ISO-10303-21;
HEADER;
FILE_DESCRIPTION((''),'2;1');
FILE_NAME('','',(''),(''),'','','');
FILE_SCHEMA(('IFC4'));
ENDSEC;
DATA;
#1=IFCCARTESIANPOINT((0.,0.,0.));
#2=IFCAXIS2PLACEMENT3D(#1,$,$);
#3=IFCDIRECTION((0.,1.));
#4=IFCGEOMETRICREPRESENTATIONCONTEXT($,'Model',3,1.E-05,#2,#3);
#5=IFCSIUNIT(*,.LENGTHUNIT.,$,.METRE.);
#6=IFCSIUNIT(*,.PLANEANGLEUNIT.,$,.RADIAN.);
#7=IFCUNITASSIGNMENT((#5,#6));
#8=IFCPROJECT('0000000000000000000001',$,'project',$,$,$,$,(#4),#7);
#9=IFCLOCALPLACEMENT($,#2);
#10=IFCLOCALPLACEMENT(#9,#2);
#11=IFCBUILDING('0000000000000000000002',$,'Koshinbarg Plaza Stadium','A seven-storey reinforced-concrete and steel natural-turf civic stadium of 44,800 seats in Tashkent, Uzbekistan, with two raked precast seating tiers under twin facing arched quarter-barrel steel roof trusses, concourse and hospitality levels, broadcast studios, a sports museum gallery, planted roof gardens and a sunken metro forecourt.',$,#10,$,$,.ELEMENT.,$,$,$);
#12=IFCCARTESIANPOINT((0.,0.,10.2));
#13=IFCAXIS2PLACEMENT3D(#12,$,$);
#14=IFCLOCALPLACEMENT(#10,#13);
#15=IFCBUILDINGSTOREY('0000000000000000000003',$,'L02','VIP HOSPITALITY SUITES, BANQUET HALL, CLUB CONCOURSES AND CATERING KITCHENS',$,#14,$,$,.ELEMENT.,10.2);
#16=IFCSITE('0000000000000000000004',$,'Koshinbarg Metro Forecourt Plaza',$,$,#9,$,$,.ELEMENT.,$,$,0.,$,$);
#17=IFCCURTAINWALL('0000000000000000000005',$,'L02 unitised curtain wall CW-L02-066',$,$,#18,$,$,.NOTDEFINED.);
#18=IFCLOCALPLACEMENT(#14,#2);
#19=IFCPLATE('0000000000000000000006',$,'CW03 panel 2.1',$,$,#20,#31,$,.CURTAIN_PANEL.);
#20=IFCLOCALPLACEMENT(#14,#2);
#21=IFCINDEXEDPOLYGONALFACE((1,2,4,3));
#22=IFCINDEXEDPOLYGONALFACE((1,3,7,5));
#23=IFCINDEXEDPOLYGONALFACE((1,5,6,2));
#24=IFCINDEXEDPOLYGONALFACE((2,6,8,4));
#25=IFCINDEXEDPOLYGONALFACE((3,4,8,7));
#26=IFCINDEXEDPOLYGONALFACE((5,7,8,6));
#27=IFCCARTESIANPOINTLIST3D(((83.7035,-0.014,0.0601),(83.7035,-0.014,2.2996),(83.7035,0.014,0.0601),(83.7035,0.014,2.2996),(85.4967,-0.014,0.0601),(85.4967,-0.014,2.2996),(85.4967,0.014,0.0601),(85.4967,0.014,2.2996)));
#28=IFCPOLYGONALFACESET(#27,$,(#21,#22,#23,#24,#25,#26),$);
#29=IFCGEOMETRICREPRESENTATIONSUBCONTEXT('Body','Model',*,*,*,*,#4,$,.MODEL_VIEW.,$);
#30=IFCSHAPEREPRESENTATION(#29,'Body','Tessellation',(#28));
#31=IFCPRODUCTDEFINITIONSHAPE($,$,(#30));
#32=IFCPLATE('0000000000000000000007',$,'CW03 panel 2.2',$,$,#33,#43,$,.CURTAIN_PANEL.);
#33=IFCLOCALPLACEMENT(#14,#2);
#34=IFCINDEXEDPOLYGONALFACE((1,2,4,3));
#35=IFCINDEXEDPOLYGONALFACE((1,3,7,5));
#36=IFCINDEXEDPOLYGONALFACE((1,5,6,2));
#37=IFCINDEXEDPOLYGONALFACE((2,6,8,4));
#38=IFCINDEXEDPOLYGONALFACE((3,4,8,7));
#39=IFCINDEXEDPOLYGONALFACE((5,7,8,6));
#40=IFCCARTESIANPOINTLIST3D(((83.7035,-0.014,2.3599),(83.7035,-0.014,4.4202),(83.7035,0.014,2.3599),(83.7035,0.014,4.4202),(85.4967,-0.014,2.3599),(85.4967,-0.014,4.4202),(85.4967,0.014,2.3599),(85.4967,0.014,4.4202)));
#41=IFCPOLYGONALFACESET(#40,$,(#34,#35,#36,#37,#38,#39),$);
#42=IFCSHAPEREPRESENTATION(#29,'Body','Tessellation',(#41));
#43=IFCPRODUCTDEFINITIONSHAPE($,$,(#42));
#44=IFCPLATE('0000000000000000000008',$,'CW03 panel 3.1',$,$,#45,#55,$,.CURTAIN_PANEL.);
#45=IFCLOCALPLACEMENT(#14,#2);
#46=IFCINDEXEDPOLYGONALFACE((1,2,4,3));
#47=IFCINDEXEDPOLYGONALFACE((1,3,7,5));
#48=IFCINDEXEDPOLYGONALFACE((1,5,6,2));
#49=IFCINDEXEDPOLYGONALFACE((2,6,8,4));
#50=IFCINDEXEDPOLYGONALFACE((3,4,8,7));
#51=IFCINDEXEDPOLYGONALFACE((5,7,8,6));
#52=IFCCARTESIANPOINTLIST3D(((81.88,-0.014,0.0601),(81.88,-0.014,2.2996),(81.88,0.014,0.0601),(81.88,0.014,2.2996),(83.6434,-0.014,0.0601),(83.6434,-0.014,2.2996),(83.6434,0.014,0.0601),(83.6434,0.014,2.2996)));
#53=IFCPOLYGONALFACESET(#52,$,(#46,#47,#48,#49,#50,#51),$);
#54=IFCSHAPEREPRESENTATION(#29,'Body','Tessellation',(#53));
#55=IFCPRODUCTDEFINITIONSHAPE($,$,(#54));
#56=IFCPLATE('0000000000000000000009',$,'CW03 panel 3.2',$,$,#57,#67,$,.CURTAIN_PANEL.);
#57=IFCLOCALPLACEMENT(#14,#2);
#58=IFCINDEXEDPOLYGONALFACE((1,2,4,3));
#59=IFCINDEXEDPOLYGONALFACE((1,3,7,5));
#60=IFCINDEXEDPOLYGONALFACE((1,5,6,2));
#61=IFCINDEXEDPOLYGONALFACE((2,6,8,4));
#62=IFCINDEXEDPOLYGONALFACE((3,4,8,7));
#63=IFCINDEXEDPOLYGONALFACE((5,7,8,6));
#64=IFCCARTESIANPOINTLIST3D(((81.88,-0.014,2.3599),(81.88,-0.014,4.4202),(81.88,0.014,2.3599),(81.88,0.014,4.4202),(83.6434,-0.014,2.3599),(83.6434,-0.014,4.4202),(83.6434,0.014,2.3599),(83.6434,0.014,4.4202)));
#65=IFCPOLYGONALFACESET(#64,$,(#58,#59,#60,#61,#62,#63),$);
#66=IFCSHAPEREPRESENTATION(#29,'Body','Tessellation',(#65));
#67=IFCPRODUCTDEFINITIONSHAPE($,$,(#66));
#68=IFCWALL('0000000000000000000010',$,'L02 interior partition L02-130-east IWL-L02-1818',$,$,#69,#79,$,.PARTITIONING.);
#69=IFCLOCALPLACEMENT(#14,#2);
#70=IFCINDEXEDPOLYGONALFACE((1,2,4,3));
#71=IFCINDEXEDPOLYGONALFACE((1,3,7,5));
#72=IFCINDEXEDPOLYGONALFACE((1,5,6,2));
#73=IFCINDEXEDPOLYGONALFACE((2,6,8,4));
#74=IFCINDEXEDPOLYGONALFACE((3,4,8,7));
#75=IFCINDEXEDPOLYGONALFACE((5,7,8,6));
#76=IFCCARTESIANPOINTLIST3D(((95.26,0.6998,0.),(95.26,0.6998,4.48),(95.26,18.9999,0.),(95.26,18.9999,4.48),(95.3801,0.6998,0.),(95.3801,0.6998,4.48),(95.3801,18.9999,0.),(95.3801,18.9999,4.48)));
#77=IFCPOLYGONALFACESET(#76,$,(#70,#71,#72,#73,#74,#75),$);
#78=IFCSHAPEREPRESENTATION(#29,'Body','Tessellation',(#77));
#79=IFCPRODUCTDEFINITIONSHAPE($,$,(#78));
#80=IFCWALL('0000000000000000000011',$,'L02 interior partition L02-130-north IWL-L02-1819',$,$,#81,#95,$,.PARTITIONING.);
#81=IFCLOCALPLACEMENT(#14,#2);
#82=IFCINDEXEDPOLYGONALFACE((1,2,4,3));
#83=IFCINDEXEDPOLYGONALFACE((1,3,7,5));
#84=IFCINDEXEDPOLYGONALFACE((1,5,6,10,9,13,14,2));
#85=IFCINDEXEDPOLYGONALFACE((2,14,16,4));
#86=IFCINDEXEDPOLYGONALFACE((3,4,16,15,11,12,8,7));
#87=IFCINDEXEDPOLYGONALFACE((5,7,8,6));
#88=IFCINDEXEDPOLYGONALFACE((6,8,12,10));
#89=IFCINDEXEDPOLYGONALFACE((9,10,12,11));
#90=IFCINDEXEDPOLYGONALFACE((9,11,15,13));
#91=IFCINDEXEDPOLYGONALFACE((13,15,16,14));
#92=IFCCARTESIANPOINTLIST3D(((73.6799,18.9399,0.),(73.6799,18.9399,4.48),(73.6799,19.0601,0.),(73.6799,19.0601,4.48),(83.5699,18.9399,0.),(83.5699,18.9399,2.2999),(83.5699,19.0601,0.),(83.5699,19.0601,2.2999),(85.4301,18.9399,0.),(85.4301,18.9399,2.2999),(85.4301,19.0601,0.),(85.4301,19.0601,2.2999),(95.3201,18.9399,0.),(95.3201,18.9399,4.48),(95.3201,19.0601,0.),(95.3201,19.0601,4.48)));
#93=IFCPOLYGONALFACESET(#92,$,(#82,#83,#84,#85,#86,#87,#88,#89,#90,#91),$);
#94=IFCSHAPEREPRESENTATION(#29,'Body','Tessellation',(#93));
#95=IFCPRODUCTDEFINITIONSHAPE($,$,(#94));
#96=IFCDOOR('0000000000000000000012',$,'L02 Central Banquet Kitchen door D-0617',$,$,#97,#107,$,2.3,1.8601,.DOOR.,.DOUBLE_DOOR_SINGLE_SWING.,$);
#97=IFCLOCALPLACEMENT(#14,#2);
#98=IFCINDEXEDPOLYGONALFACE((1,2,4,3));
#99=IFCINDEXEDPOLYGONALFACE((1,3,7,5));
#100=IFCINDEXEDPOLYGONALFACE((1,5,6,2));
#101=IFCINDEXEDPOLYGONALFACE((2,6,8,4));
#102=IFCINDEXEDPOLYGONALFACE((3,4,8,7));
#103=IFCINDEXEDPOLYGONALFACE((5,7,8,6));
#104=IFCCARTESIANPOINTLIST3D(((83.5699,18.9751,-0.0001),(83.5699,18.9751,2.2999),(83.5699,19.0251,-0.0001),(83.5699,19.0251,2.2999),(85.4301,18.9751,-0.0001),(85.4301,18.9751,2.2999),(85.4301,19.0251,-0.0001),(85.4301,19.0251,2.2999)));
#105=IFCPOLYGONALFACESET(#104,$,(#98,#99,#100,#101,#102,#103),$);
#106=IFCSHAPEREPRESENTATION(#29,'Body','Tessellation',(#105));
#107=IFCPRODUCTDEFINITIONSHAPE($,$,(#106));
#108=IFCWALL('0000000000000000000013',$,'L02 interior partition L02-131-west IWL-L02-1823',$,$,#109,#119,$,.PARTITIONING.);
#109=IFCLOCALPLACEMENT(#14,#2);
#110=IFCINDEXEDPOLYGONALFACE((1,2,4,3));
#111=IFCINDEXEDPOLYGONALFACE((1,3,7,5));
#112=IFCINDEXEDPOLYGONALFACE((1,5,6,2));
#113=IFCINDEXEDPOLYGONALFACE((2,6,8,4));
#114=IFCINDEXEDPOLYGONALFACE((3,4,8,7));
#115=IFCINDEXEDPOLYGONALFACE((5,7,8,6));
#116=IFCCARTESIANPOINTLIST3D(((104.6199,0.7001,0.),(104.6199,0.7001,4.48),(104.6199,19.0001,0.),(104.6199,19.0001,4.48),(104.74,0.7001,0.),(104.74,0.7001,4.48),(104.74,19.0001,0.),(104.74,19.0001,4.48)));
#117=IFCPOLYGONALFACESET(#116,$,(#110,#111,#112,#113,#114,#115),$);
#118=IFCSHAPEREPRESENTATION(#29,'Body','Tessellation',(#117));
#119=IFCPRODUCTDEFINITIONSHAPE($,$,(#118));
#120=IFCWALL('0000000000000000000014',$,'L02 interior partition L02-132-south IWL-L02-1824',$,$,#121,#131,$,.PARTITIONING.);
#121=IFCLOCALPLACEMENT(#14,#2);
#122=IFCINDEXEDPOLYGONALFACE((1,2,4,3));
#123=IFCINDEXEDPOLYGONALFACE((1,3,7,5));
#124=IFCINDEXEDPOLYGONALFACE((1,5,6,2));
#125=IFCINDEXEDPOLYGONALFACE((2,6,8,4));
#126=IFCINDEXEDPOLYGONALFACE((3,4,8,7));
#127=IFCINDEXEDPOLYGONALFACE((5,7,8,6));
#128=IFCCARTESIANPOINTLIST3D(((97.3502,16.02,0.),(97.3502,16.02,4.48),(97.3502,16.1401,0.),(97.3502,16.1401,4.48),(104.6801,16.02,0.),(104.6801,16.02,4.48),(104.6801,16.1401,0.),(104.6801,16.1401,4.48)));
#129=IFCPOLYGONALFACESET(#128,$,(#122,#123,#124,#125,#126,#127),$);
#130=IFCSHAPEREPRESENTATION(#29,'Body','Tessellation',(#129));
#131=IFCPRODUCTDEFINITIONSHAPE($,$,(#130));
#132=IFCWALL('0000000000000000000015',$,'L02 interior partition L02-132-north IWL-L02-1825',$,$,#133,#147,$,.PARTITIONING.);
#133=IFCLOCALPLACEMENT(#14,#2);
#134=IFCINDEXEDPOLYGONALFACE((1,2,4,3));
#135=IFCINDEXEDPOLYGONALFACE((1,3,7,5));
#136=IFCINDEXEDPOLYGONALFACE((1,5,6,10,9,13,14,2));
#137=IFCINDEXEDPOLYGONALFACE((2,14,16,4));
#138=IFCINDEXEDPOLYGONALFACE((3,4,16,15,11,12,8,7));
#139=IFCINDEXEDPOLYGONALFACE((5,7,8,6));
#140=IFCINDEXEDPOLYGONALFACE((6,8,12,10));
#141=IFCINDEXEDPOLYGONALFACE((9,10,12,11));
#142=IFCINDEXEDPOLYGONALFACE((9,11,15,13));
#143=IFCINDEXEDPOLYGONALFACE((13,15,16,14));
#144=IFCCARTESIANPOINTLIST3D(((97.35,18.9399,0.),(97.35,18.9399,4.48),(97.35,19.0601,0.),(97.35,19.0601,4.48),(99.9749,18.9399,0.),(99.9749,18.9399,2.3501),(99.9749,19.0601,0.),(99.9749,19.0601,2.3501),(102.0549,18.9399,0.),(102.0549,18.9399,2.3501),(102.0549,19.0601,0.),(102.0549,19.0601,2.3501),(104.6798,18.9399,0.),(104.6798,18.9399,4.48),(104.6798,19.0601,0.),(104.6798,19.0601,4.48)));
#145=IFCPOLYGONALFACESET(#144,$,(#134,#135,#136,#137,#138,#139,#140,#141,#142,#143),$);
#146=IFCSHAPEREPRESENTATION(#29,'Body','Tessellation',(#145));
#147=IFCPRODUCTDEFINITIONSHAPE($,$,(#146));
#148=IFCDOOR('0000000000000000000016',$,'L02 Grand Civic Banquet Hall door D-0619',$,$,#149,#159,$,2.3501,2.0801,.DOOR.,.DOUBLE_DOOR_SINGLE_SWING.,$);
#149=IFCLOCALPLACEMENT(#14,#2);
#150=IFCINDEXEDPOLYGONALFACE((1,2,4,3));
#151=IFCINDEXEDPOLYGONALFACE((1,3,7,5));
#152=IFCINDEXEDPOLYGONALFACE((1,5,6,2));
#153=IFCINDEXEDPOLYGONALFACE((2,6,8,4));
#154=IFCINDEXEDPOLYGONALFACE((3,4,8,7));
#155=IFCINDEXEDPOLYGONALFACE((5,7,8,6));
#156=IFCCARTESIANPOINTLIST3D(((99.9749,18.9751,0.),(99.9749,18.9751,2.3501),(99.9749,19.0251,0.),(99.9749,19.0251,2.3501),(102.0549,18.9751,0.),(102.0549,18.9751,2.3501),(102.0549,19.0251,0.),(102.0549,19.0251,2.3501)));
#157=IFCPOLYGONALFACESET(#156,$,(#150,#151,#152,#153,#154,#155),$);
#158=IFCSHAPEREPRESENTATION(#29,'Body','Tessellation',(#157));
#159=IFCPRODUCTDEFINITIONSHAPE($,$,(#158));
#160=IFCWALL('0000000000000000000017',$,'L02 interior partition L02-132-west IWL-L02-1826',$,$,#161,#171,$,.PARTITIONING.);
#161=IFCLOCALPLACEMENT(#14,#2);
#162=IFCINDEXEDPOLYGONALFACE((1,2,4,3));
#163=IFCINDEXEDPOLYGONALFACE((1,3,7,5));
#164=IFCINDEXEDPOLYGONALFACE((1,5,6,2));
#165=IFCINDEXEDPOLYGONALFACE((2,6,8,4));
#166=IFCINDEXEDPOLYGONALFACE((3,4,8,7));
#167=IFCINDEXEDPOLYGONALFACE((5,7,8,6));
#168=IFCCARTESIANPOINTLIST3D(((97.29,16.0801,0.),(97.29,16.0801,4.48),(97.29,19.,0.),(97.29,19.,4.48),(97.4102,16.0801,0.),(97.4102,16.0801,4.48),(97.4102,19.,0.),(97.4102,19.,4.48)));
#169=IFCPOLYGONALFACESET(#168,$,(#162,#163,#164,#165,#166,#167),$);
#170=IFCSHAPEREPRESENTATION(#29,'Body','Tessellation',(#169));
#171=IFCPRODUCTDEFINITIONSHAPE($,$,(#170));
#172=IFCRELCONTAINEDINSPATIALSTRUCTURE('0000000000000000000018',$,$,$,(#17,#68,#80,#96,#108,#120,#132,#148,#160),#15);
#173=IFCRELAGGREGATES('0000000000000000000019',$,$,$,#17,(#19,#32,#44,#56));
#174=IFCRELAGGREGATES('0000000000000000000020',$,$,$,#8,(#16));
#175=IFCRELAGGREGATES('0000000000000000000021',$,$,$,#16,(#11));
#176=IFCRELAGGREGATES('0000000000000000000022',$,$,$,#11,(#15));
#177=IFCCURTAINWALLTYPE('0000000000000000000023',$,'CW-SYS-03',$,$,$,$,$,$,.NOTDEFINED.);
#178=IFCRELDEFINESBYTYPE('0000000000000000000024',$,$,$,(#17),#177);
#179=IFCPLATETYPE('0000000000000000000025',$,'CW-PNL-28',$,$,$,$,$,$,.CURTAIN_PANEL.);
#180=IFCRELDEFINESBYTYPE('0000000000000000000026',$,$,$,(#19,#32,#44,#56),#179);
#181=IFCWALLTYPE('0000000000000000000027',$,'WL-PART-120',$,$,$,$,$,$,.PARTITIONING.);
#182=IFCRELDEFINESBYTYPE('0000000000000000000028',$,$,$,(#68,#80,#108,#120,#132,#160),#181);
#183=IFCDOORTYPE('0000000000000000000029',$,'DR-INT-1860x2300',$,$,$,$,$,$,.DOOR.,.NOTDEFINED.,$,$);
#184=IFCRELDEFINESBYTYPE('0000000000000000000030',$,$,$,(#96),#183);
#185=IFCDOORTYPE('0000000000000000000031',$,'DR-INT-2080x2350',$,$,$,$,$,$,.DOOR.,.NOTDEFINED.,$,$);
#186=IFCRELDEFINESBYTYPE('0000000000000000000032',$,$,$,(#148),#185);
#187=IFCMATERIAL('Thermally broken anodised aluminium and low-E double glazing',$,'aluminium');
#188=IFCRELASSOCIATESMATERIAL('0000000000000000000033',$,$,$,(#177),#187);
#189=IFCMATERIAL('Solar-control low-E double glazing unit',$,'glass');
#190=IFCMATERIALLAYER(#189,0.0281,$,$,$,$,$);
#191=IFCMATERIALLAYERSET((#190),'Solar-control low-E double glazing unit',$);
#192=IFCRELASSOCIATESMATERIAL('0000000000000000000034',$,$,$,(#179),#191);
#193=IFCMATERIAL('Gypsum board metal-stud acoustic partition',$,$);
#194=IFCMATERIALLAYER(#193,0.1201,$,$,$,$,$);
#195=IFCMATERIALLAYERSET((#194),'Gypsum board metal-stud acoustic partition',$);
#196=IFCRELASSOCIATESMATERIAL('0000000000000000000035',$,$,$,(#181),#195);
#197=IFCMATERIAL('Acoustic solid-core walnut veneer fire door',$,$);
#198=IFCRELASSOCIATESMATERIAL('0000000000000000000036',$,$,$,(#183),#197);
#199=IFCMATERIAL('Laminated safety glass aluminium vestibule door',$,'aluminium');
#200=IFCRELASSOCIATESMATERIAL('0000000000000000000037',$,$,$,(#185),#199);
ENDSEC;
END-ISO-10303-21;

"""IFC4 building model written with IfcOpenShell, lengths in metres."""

from ifc_helpers import new_model, si_unit, direction, frame, frame_2d, origin, origin_2d, place, context, subcontext, project, spatial, rectangle, extrude, material, layer, layer_set, type_object, element, fill, aggregate, save


model = new_model("IFC4")

# Units and contexts
model_context = context("Model", 3, precision=1e-05, world=origin(), true_north=direction((0.0, 1.0)))
body_context = subcontext(model_context, "Body", "Model", "MODEL_VIEW")
ifc_project = project(units=[si_unit("LENGTHUNIT", "METRE"), si_unit("PLANEANGLEUNIT", "RADIAN")], contexts=[model_context])

# Site, building, storey
site_placement = place(None, origin())
site = spatial("IfcSite", under=ifc_project, at=site_placement, Name="Koshinbarg Metro Forecourt Plaza", CompositionType="ELEMENT", RefElevation=0.0)
building_placement = place(site_placement, origin())
building = spatial("IfcBuilding", under=site, at=building_placement, Name="Koshinbarg Plaza Stadium", Description="A seven-storey reinforced-concrete and steel natural-turf civic stadium of 44,800 seats in Tashkent, Uzbekistan, with two raked precast seating tiers under twin facing arched quarter-barrel steel roof trusses, concourse and hospitality levels, broadcast studios, a sports museum gallery, planted roof gardens and a sunken metro forecourt.", CompositionType="ELEMENT")
storey_placement = place(building_placement, frame((0.0, 0.0, 10.2)))
storey = spatial("IfcBuildingStorey", under=building, at=storey_placement, Name="L02", Description="VIP HOSPITALITY SUITES, BANQUET HALL, CLUB CONCOURSES AND CATERING KITCHENS", CompositionType="ELEMENT", Elevation=10.2)

# Curtain wall, plates
ifc_material_1 = material(Name="Thermally broken anodised aluminium and low-E double glazing", Category="aluminium")
curtain_wall_type = type_object("IfcCurtainWallType", Name="CW-SYS-03", PredefinedType="NOTDEFINED", material=ifc_material_1)
curtain_wall_placement = place(storey_placement, origin())
curtain_wall = element("IfcCurtainWall", 1, at=curtain_wall_placement, inside=storey, type_object=curtain_wall_type, Name="L02 unitised curtain wall CW-L02-066", PredefinedType="NOTDEFINED")
ifc_material_2 = material(Name="Solar-control low-E double glazing unit", Category="glass")
ifc_layer_1 = layer(ifc_material_2, 0.0281)
ifc_layer_set_1 = layer_set([ifc_layer_1], Name="Solar-control low-E double glazing unit")
plate_type = type_object("IfcPlateType", Name="CW-PNL-28", PredefinedType="CURTAIN_PANEL", material=ifc_layer_set_1)
plate_1_placement = place(storey_placement, frame((84.6001, 0.0, 0.0601), z_axis=(0.0, 0.0, 1.0), x_axis=(-1.0, 0.0, 0.0)))
plate_1 = element("IfcPlate", 2, at=plate_1_placement, type_object=plate_type, Name="CW03 panel 2.1", PredefinedType="CURTAIN_PANEL", context=body_context, shape_type="SweptSolid", body=[
    extrude(rectangle(XDim=1.7932, YDim=0.0281, at=origin_2d()), origin(), (0.0, 0.0, 1.0), 2.2395),
])
plate_2_placement = place(storey_placement, frame((84.6001, 0.0, 2.3599), z_axis=(0.0, 0.0, 1.0), x_axis=(-1.0, 0.0, 0.0)))
plate_2 = element("IfcPlate", 3, at=plate_2_placement, type_object=plate_type, Name="CW03 panel 2.2", PredefinedType="CURTAIN_PANEL", context=body_context, shape_type="SweptSolid", body=[
    extrude(rectangle(XDim=1.7932, YDim=0.0281, at=origin_2d()), origin(), (0.0, 0.0, 1.0), 2.0603),
])
plate_3_placement = place(storey_placement, frame((82.7617, 0.0, 0.0601), z_axis=(0.0, 0.0, 1.0), x_axis=(-1.0, 0.0, 0.0)))
plate_3 = element("IfcPlate", 4, at=plate_3_placement, type_object=plate_type, Name="CW03 panel 3.1", PredefinedType="CURTAIN_PANEL", context=body_context, shape_type="SweptSolid", body=[
    extrude(rectangle(XDim=1.7634, YDim=0.0281, at=origin_2d()), origin(), (0.0, 0.0, 1.0), 2.2395),
])
plate_4_placement = place(storey_placement, frame((82.7617, 0.0, 2.3599), z_axis=(0.0, 0.0, 1.0), x_axis=(-1.0, 0.0, 0.0)))
plate_4 = element("IfcPlate", 5, at=plate_4_placement, type_object=plate_type, Name="CW03 panel 3.2", PredefinedType="CURTAIN_PANEL", context=body_context, shape_type="SweptSolid", body=[
    extrude(rectangle(XDim=1.7634, YDim=0.0281, at=origin_2d()), origin(), (0.0, 0.0, 1.0), 2.0603),
])
aggregate(curtain_wall, [plate_1, plate_2, plate_3, plate_4])

# Wall
ifc_material_3 = material(Name="Gypsum board metal-stud acoustic partition")
ifc_layer_2 = layer(ifc_material_3, 0.1201)
ifc_layer_set_2 = layer_set([ifc_layer_2], Name="Gypsum board metal-stud acoustic partition")
wall_type = type_object("IfcWallType", Name="WL-PART-120", PredefinedType="PARTITIONING", material=ifc_layer_set_2)
wall_1_placement = place(storey_placement, frame((95.3201, 0.7, 0.0), z_axis=(0.0, 0.0, 1.0), x_axis=(0.0, 1.0, 0.0)))
element("IfcWall", 6, at=wall_1_placement, inside=storey, type_object=wall_type, Name="L02 interior partition L02-130-east IWL-L02-1818", PredefinedType="PARTITIONING", context=body_context, shape_type="SweptSolid", body=[
    extrude(rectangle(XDim=18.3, YDim=0.1201, at=frame_2d((9.1499, 0.0))), origin(), (0.0, 0.0, 1.0), 4.48),
])

# Wall, opening, door
wall_2_placement = place(storey_placement, frame((95.3201, 19.0, 0.0), z_axis=(0.0, 0.0, 1.0), x_axis=(-1.0, 0.0, 0.0)))
wall_2 = element("IfcWall", 7, at=wall_2_placement, inside=storey, type_object=wall_type, Name="L02 interior partition L02-130-north IWL-L02-1819", PredefinedType="PARTITIONING", context=body_context, shape_type="SweptSolid", body=[
    extrude(rectangle(XDim=21.6401, YDim=0.1201, at=frame_2d((10.8201, 0.0))), origin(), (0.0, 0.0, 1.0), 4.48),
])
opening_1_placement = place(wall_2_placement, frame((9.8899, 0.0, 0.0)))
opening_1 = element("IfcOpeningElement", 8, at=opening_1_placement, cuts=wall_2, PredefinedType="OPENING", context=body_context, shape_type="SweptSolid", body=[
    extrude(rectangle(XDim=1.8601, YDim=2.3, at=frame_2d((0.9302, 1.1499))), frame((0.0, 0.0701, 0.0), z_axis=(0.0, -1.0, 0.0), x_axis=(1.0, 0.0, 0.0)), (0.0, 0.0, 1.0), 0.1401),
])
ifc_material_4 = material(Name="Acoustic solid-core walnut veneer fire door")
door_type_1 = type_object("IfcDoorType", Name="DR-INT-1860x2300", OperationType="NOTDEFINED", PredefinedType="DOOR", material=ifc_material_4)
door_1_placement = place(opening_1_placement, origin())
door_1 = element("IfcDoor", 9, at=door_1_placement, inside=storey, type_object=door_type_1, Name="L02 Central Banquet Kitchen door D-0617", OperationType="DOUBLE_DOOR_SINGLE_SWING", OverallHeight=2.3, OverallWidth=1.8601, PredefinedType="DOOR", context=body_context, shape_type="SweptSolid", body=[
    extrude(rectangle(XDim=1.8601, YDim=2.3, at=frame_2d((0.9302, 1.1499))), frame((0.0, 0.0249, 0.0), z_axis=(0.0, -1.0, 0.0), x_axis=(1.0, 0.0, 0.0)), (0.0, 0.0, 1.0), 0.05),
])
fill(opening_1, door_1)

# Walls
wall_3_placement = place(storey_placement, frame((104.6799, 19.0, 0.0), z_axis=(0.0, 0.0, 1.0), x_axis=(0.0, -1.0, 0.0)))
element("IfcWall", 10, at=wall_3_placement, inside=storey, type_object=wall_type, Name="L02 interior partition L02-131-west IWL-L02-1823", PredefinedType="PARTITIONING", context=body_context, shape_type="SweptSolid", body=[
    extrude(rectangle(XDim=18.3, YDim=0.1201, at=frame_2d((9.1499, 0.0))), origin(), (0.0, 0.0, 1.0), 4.48),
])
wall_4_placement = place(storey_placement, frame((97.3501, 16.0801, 0.0), z_axis=(0.0, 0.0, 1.0), x_axis=(1.0, 0.0, 0.0)))
element("IfcWall", 11, at=wall_4_placement, inside=storey, type_object=wall_type, Name="L02 interior partition L02-132-south IWL-L02-1824", PredefinedType="PARTITIONING", context=body_context, shape_type="SweptSolid", body=[
    extrude(rectangle(XDim=7.3298, YDim=0.1201, at=frame_2d((3.665, 0.0))), origin(), (0.0, 0.0, 1.0), 4.48),
])

# Wall, opening, door
wall_5_placement = place(storey_placement, frame((104.6799, 19.0, 0.0), z_axis=(0.0, 0.0, 1.0), x_axis=(-1.0, 0.0, 0.0)))
wall_5 = element("IfcWall", 12, at=wall_5_placement, inside=storey, type_object=wall_type, Name="L02 interior partition L02-132-north IWL-L02-1825", PredefinedType="PARTITIONING", context=body_context, shape_type="SweptSolid", body=[
    extrude(rectangle(XDim=7.3298, YDim=0.1201, at=frame_2d((3.665, 0.0))), origin(), (0.0, 0.0, 1.0), 4.48),
])
opening_2_placement = place(wall_5_placement, frame((2.625, 0.0, 0.0)))
opening_2 = element("IfcOpeningElement", 13, at=opening_2_placement, cuts=wall_5, PredefinedType="OPENING", context=body_context, shape_type="SweptSolid", body=[
    extrude(rectangle(XDim=2.0801, YDim=2.3501, at=frame_2d((1.04, 1.175))), frame((0.0, 0.0701, 0.0), z_axis=(0.0, -1.0, 0.0), x_axis=(1.0, 0.0, 0.0)), (0.0, 0.0, 1.0), 0.1401),
])
ifc_material_5 = material(Name="Laminated safety glass aluminium vestibule door", Category="aluminium")
door_type_2 = type_object("IfcDoorType", Name="DR-INT-2080x2350", OperationType="NOTDEFINED", PredefinedType="DOOR", material=ifc_material_5)
door_2_placement = place(opening_2_placement, origin())
door_2 = element("IfcDoor", 14, at=door_2_placement, inside=storey, type_object=door_type_2, Name="L02 Grand Civic Banquet Hall door D-0619", OperationType="DOUBLE_DOOR_SINGLE_SWING", OverallHeight=2.3501, OverallWidth=2.0801, PredefinedType="DOOR", context=body_context, shape_type="SweptSolid", body=[
    extrude(rectangle(XDim=2.0801, YDim=2.3501, at=frame_2d((1.04, 1.175))), frame((0.0, 0.0249, 0.0), z_axis=(0.0, -1.0, 0.0), x_axis=(1.0, 0.0, 0.0)), (0.0, 0.0, 1.0), 0.05),
])
fill(opening_2, door_2)

# Wall
wall_6_placement = place(storey_placement, frame((97.3501, 19.0, 0.0), z_axis=(0.0, 0.0, 1.0), x_axis=(0.0, -1.0, 0.0)))
element("IfcWall", 15, at=wall_6_placement, inside=storey, type_object=wall_type, Name="L02 interior partition L02-132-west IWL-L02-1826", PredefinedType="PARTITIONING", context=body_context, shape_type="SweptSolid", body=[
    extrude(rectangle(XDim=2.9199, YDim=0.1201, at=frame_2d((1.46, 0.0))), origin(), (0.0, 0.0, 1.0), 4.48),
])

save(model, "model.ifc")
